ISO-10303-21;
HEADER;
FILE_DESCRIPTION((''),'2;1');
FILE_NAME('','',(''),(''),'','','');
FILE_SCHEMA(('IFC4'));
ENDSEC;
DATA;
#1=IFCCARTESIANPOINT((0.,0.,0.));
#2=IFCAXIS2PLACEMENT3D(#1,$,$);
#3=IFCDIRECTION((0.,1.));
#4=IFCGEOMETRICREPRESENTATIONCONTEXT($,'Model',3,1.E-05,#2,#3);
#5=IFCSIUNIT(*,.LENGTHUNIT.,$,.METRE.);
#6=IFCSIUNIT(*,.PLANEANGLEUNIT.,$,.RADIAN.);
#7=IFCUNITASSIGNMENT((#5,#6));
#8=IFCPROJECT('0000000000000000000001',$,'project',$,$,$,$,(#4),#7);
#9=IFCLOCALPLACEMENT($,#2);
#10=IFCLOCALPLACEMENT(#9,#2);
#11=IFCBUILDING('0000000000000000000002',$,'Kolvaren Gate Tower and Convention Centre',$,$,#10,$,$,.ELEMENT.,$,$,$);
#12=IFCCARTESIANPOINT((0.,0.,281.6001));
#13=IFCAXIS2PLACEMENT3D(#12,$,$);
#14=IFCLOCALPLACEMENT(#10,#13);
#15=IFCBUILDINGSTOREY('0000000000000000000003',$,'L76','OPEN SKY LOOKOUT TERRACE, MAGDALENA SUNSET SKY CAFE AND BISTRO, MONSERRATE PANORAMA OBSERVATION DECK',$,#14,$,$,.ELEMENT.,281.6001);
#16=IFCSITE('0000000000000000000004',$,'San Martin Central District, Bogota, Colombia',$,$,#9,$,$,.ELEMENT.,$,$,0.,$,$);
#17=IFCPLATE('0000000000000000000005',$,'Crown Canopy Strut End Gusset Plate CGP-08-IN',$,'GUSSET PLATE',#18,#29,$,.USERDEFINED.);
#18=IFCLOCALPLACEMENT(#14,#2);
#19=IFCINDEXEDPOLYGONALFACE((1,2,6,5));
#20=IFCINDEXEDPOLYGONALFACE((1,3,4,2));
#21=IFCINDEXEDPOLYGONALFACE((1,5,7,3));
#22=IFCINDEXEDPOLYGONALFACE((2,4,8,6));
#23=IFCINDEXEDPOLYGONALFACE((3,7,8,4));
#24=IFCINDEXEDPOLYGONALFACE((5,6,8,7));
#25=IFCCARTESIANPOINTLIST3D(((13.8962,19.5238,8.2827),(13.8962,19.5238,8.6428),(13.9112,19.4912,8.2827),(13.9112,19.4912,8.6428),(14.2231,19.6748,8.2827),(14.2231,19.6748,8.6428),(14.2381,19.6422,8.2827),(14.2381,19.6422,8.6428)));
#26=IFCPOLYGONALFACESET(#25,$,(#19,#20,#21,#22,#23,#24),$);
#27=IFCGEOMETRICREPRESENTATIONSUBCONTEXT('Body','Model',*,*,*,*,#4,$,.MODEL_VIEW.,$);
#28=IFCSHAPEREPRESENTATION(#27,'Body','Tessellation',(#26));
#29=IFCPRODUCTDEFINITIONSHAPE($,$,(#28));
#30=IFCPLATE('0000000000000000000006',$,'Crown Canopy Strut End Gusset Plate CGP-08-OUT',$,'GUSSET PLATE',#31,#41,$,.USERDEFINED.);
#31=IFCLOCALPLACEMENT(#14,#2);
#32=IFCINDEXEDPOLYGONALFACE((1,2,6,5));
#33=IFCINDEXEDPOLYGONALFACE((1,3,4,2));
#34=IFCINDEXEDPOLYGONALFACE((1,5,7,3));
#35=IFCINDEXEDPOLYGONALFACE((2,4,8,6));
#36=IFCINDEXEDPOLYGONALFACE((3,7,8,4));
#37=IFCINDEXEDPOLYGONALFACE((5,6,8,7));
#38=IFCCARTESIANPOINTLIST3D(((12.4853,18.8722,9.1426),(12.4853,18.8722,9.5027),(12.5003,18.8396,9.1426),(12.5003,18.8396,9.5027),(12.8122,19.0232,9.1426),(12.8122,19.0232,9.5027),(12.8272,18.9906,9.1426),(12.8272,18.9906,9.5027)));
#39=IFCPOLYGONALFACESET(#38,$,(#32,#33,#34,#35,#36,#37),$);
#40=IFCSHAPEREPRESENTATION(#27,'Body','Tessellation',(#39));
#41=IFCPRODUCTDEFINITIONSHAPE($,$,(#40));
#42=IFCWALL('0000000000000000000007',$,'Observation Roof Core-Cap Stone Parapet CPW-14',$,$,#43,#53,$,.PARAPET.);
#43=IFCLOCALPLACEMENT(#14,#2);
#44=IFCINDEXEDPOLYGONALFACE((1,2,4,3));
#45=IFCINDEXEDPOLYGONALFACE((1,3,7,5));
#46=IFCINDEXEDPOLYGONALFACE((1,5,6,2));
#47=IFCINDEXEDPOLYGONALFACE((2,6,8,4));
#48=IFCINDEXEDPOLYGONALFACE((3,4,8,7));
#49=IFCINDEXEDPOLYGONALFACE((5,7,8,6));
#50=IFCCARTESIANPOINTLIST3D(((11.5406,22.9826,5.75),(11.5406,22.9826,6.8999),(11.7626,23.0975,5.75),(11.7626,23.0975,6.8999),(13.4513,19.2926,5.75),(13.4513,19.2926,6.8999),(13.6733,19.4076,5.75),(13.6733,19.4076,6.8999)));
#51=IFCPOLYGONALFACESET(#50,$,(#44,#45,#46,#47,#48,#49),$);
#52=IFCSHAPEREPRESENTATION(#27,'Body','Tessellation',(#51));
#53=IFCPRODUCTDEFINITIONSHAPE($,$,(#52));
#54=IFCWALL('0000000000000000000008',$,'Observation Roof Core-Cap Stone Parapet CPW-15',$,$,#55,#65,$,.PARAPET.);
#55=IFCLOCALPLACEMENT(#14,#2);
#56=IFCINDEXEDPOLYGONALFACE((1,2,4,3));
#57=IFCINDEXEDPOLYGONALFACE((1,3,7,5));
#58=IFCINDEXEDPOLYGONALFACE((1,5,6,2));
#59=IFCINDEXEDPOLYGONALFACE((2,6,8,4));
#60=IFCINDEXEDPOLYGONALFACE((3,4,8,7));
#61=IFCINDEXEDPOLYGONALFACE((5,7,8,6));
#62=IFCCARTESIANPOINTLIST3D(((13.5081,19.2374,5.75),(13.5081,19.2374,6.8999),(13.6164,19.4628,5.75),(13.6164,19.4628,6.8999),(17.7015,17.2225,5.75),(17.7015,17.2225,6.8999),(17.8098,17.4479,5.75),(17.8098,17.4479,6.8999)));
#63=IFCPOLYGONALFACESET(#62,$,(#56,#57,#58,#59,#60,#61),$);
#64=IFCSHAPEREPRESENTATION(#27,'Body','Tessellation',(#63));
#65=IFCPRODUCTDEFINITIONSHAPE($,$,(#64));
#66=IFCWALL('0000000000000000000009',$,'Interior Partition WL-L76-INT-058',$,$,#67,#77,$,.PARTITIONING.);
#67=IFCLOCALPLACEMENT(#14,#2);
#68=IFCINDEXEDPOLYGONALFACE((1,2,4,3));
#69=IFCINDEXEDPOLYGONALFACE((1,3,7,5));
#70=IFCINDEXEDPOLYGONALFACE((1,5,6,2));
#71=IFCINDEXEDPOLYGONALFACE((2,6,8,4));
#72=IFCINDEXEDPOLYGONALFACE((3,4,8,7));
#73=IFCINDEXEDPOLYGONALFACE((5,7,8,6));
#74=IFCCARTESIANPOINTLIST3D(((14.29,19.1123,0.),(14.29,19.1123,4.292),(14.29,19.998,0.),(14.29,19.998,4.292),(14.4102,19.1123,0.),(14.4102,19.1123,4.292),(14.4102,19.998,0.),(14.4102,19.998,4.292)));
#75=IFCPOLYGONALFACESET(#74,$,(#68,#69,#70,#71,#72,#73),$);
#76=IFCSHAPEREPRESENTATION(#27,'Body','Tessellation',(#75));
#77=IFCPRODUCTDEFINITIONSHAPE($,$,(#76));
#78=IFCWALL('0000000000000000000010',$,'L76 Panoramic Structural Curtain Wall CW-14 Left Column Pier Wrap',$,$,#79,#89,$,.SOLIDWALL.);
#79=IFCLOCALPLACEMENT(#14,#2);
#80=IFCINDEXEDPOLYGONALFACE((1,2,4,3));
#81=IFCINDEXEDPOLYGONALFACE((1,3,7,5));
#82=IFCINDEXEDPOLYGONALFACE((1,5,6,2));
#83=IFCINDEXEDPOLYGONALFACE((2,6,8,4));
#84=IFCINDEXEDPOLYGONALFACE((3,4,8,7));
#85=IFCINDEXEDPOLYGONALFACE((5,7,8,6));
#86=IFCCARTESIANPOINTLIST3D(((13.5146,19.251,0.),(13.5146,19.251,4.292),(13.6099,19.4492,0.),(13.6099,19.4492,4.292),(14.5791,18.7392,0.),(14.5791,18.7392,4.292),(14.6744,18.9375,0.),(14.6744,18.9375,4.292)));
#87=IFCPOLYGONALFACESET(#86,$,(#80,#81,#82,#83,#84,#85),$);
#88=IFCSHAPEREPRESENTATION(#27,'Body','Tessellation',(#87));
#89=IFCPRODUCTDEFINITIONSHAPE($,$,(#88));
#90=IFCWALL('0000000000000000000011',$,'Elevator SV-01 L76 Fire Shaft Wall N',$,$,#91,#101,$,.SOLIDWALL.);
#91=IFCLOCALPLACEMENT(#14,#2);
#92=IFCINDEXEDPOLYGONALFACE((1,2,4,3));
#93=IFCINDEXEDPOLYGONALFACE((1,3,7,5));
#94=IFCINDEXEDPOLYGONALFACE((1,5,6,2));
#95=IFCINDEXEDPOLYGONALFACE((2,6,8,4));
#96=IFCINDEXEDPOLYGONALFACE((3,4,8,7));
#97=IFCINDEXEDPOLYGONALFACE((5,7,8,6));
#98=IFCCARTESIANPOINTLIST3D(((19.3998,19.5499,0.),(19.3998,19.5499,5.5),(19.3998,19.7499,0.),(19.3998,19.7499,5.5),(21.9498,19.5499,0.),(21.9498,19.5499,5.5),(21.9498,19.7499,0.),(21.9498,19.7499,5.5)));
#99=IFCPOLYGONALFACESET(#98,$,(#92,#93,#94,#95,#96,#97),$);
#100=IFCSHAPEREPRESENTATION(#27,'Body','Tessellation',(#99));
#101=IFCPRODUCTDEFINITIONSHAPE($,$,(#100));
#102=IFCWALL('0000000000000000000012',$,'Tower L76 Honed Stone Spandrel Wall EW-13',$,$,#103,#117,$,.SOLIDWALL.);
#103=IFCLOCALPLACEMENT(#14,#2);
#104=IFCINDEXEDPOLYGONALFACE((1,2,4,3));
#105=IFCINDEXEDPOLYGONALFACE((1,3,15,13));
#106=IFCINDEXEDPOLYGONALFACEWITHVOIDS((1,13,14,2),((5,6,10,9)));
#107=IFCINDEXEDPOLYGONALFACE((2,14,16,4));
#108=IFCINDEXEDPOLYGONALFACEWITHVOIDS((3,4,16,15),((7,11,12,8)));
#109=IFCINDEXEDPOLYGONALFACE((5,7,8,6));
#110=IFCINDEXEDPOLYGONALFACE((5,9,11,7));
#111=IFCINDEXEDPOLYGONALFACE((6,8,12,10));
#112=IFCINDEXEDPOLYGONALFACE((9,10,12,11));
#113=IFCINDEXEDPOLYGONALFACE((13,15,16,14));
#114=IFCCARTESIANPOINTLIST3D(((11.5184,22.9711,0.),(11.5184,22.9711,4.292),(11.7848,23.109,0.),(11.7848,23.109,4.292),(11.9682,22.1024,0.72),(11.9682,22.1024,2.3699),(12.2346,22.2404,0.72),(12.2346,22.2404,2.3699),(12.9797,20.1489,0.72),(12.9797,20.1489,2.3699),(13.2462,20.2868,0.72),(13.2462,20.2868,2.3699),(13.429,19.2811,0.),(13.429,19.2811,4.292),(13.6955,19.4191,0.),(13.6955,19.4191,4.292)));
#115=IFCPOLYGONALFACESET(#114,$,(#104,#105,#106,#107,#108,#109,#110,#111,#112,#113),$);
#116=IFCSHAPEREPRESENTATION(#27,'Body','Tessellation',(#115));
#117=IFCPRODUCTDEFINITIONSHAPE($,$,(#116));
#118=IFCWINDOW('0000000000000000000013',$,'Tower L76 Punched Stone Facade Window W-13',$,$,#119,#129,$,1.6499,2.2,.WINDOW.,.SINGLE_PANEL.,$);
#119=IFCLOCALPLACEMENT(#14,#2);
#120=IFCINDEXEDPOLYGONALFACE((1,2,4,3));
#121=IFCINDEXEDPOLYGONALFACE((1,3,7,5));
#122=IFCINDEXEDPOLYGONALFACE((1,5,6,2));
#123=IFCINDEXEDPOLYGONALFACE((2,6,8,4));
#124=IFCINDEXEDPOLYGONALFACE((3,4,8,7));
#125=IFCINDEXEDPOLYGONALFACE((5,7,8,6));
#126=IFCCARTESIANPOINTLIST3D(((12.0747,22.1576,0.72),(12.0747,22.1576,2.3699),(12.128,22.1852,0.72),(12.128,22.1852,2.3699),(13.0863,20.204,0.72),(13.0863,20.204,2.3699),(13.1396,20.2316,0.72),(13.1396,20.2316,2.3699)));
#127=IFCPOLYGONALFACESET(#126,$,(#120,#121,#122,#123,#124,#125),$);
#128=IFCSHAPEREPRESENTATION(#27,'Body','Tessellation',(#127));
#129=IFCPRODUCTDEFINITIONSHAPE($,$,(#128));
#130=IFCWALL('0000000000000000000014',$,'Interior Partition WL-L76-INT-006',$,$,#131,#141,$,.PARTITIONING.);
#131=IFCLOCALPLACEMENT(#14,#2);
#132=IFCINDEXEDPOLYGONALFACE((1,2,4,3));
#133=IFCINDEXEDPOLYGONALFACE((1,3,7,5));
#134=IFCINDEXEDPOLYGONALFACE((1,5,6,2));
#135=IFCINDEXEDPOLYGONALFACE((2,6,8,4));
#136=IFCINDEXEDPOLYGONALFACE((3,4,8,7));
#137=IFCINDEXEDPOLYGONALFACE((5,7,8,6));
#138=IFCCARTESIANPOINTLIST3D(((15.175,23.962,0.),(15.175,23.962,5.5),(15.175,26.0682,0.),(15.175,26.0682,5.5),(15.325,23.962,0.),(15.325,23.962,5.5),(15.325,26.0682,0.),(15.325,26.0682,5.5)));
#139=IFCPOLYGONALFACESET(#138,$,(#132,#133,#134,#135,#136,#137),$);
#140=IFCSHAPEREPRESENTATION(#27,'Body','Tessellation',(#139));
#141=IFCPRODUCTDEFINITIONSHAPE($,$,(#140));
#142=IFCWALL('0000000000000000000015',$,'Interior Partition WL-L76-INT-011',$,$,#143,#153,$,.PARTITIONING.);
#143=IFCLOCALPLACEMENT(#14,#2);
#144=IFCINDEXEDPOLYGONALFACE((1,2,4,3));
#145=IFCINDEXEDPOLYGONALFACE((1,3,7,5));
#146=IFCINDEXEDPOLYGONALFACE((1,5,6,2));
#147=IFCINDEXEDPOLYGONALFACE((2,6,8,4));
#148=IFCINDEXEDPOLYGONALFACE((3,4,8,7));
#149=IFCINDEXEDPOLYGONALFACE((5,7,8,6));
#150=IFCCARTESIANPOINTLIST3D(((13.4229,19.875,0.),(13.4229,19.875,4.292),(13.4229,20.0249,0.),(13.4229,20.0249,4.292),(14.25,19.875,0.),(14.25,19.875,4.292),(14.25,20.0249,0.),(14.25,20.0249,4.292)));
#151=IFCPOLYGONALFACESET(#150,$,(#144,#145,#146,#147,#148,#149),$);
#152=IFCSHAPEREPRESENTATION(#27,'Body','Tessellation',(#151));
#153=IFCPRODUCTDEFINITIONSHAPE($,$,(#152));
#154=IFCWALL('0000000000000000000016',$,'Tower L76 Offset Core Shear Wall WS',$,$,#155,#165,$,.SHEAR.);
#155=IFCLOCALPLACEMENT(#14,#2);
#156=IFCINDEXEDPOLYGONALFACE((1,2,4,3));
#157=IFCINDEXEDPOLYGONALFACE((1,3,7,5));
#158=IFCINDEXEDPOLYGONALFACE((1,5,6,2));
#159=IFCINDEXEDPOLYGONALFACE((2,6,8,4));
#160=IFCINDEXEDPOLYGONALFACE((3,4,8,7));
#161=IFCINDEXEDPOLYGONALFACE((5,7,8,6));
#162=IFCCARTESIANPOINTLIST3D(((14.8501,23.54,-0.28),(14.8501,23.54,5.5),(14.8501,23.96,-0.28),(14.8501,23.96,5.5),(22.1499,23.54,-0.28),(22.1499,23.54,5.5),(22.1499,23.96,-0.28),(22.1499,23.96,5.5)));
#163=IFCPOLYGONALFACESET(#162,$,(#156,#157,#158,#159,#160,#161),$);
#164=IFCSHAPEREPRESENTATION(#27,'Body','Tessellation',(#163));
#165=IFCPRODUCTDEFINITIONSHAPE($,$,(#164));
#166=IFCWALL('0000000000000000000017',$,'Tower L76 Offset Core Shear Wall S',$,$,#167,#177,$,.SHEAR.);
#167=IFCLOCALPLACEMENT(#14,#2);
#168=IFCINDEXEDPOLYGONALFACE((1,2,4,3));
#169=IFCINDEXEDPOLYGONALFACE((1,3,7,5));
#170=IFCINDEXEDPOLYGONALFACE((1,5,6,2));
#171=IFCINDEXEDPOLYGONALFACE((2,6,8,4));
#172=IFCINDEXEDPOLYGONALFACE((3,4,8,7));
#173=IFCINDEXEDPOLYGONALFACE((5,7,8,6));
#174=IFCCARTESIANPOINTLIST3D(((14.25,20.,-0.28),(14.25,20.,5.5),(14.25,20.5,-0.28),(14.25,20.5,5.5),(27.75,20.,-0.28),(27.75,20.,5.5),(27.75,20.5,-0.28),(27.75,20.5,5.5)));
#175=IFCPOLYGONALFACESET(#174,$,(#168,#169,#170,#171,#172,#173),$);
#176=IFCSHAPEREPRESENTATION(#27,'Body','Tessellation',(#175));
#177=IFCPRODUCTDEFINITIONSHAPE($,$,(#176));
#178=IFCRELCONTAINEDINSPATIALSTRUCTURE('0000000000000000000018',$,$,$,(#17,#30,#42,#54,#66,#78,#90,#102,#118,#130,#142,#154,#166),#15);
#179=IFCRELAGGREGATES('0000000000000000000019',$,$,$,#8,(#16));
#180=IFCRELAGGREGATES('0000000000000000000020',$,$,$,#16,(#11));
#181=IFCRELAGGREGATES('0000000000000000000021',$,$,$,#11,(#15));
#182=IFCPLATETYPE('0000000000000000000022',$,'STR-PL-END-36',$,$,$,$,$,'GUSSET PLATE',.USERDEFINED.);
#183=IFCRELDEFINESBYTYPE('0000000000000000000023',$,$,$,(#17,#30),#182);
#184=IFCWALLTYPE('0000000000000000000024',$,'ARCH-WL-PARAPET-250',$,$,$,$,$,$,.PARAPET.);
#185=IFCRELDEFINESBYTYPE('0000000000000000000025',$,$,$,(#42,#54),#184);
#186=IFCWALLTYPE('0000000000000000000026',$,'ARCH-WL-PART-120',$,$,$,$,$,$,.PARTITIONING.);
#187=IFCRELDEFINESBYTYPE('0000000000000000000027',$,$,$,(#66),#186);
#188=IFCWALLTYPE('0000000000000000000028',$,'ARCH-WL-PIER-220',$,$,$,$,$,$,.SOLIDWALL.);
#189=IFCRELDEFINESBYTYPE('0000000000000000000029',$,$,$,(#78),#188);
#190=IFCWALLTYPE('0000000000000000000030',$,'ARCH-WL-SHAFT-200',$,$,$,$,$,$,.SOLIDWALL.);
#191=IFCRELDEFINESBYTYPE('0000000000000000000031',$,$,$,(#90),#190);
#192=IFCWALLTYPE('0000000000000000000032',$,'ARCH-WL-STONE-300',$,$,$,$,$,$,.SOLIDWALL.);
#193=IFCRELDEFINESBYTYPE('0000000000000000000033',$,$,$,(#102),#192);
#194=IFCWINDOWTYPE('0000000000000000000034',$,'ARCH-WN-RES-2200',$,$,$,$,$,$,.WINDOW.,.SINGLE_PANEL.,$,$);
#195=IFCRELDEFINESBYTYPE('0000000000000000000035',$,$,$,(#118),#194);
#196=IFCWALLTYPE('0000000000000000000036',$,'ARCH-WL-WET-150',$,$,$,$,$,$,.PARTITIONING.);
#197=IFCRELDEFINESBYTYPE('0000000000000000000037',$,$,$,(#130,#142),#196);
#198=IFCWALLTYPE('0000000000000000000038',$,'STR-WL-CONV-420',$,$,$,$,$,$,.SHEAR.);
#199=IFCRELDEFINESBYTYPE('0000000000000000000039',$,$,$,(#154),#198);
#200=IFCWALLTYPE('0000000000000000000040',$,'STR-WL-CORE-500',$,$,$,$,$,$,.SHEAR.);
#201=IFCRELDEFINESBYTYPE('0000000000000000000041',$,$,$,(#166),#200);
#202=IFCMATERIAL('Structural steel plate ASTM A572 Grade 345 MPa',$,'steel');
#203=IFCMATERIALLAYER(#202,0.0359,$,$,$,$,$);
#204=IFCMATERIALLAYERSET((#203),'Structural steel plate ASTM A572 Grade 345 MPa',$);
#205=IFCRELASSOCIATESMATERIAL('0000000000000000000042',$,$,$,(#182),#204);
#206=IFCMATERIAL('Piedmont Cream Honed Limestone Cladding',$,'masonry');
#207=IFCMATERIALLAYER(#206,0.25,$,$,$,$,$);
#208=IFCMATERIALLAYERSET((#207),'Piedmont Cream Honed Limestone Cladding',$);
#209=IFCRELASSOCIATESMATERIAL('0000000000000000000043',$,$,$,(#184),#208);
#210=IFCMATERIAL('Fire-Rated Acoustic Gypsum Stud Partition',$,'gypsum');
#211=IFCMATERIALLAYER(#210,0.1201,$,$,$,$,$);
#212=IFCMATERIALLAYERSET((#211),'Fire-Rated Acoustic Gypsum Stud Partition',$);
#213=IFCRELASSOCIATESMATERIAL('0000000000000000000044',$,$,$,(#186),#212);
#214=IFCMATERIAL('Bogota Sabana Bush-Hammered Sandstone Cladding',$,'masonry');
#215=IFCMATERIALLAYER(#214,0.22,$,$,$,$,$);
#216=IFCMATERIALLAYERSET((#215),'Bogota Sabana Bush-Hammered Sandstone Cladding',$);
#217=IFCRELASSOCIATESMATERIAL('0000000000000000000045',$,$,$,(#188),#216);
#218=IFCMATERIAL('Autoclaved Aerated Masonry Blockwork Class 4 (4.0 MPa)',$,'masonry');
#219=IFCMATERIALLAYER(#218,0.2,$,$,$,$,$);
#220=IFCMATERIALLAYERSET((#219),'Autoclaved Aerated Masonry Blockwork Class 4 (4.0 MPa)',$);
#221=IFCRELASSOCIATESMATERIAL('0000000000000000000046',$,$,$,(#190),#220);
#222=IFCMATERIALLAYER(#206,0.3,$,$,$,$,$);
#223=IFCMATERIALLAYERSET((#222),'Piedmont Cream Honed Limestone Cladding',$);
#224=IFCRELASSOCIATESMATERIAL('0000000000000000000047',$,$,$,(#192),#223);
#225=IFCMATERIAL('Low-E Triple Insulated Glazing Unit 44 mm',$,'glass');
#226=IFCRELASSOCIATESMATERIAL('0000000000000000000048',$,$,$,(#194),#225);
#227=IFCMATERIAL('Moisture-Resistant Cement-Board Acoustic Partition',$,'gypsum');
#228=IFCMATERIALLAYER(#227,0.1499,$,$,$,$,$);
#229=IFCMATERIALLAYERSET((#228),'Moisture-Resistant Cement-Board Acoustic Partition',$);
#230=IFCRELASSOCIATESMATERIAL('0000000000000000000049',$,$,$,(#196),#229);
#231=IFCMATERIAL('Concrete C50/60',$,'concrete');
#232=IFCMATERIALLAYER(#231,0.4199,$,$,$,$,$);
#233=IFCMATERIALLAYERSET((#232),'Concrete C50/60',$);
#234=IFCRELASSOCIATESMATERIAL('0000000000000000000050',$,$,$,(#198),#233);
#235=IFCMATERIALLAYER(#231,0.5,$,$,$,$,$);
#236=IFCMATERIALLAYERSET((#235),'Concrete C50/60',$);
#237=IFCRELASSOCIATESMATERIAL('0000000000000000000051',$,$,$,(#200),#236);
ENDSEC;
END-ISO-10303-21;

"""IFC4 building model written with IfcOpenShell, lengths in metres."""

from ifc_helpers import new_model, si_unit, direction, frame, frame_2d, origin, origin_2d, place, context, subcontext, project, spatial, rectangle, extrude, material, layer, layer_set, type_object, element, fill, save


model = new_model("IFC4")

# Units and contexts
model_context = context("Model", 3, precision=1e-05, world=origin(), true_north=direction((0.0, 1.0)))
body_context = subcontext(model_context, "Body", "Model", "MODEL_VIEW")
ifc_project = project(units=[si_unit("LENGTHUNIT", "METRE"), si_unit("PLANEANGLEUNIT", "RADIAN")], contexts=[model_context])

# Site, building, storey
site_placement = place(None, origin())
site = spatial("IfcSite", under=ifc_project, at=site_placement, Name="San Martin Central District, Bogota, Colombia", CompositionType="ELEMENT", RefElevation=0.0)
building_placement = place(site_placement, origin())
building = spatial("IfcBuilding", under=site, at=building_placement, Name="Kolvaren Gate Tower and Convention Centre", CompositionType="ELEMENT")
storey_placement = place(building_placement, frame((0.0, 0.0, 281.6001)))
storey = spatial("IfcBuildingStorey", under=building, at=storey_placement, Name="L76", Description="OPEN SKY LOOKOUT TERRACE, MAGDALENA SUNSET SKY CAFE AND BISTRO, MONSERRATE PANORAMA OBSERVATION DECK", CompositionType="ELEMENT", Elevation=281.6001)

# Plates
ifc_material_1 = material(Name="Structural steel plate ASTM A572 Grade 345 MPa", Category="steel")
ifc_layer_1 = layer(ifc_material_1, 0.0359)
ifc_layer_set_1 = layer_set([ifc_layer_1], Name="Structural steel plate ASTM A572 Grade 345 MPa")
plate_type_1 = type_object("IfcPlateType", Name="STR-PL-END-36", ElementType="GUSSET PLATE", PredefinedType="USERDEFINED", material=ifc_layer_set_1)
for number, where, z_axis, x_axis, name in (
    (1, (14.0671, 19.583, 8.2827), (0.0, 0.0, 1.0), (-0.907837, -0.419324, 0.0), "Crown Canopy Strut End Gusset Plate CGP-08-IN"),
    (2, (12.6562, 18.9314, 9.1426), (0.0, 0.0, 1.0), (-0.907837, -0.419324, 0.0), "Crown Canopy Strut End Gusset Plate CGP-08-OUT"),
):
    element("IfcPlate", number, at=place(storey_placement, frame(where, z_axis=z_axis, x_axis=x_axis)), inside=storey, type_object=plate_type_1, Name=name, ObjectType="GUSSET PLATE", PredefinedType="USERDEFINED", context=body_context, shape_type="SweptSolid", body=[
        extrude(rectangle(XDim=0.3601, YDim=0.0359, at=origin_2d()), origin(), (0.0, 0.0, 1.0), 0.3601),
    ])

# Walls
ifc_material_2 = material(Name="Piedmont Cream Honed Limestone Cladding", Category="masonry")
ifc_layer_2 = layer(ifc_material_2, 0.25)
ifc_layer_set_2 = layer_set([ifc_layer_2], Name="Piedmont Cream Honed Limestone Cladding")
wall_type_1 = type_object("IfcWallType", Name="ARCH-WL-PARAPET-250", PredefinedType="PARAPET", material=ifc_layer_set_2)
wall_1_placement = place(storey_placement, frame((11.6516, 23.04, 5.75), z_axis=(0.0, 0.0, 1.0), x_axis=(0.459813, -0.888016, 0.0)))
element("IfcWall", 3, at=wall_1_placement, inside=storey, type_object=wall_type_1, Name="Observation Roof Core-Cap Stone Parapet CPW-14", PredefinedType="PARAPET", context=body_context, shape_type="SweptSolid", body=[
    extrude(rectangle(XDim=4.1553, YDim=0.25, at=frame_2d((2.0776, 0.0))), origin(), (0.0, 0.0, 1.0), 1.1499),
])
wall_2_placement = place(storey_placement, frame((13.5623, 19.3501, 5.75), z_axis=(0.0, 0.0, 1.0), x_axis=(0.901349, -0.433094, 0.0)))
element("IfcWall", 4, at=wall_2_placement, inside=storey, type_object=wall_type_1, Name="Observation Roof Core-Cap Stone Parapet CPW-15", PredefinedType="PARAPET", context=body_context, shape_type="SweptSolid", body=[
    extrude(rectangle(XDim=4.6523, YDim=0.25, at=frame_2d((2.3262, 0.0))), origin(), (0.0, 0.0, 1.0), 1.1499),
])
ifc_material_3 = material(Name="Fire-Rated Acoustic Gypsum Stud Partition", Category="gypsum")
ifc_layer_3 = layer(ifc_material_3, 0.1201)
ifc_layer_set_3 = layer_set([ifc_layer_3], Name="Fire-Rated Acoustic Gypsum Stud Partition")
wall_type_2 = type_object("IfcWallType", Name="ARCH-WL-PART-120", PredefinedType="PARTITIONING", material=ifc_layer_set_3)
wall_3_placement = place(storey_placement, frame((14.3501, 19.1123, 0.0), z_axis=(0.0, 0.0, 1.0), x_axis=(0.0, 1.0, 0.0)))
element("IfcWall", 5, at=wall_3_placement, inside=storey, type_object=wall_type_2, Name="Interior Partition WL-L76-INT-058", PredefinedType="PARTITIONING", context=body_context, shape_type="SweptSolid", body=[
    extrude(rectangle(XDim=0.8857, YDim=0.1201, at=frame_2d((0.4429, 0.0))), origin(), (0.0, 0.0, 1.0), 4.292),
])
ifc_material_4 = material(Name="Bogota Sabana Bush-Hammered Sandstone Cladding", Category="masonry")
ifc_layer_4 = layer(ifc_material_4, 0.22)
ifc_layer_set_4 = layer_set([ifc_layer_4], Name="Bogota Sabana Bush-Hammered Sandstone Cladding")
wall_type_3 = type_object("IfcWallType", Name="ARCH-WL-PIER-220", PredefinedType="SOLIDWALL", material=ifc_layer_set_4)
wall_4_placement = place(storey_placement, frame((13.5623, 19.3501, 0.0), z_axis=(0.0, 0.0, 1.0), x_axis=(0.901265, -0.433269, 0.0)))
element("IfcWall", 6, at=wall_4_placement, inside=storey, type_object=wall_type_3, Name="L76 Panoramic Structural Curtain Wall CW-14 Left Column Pier Wrap", PredefinedType="SOLIDWALL", context=body_context, shape_type="SweptSolid", body=[
    extrude(rectangle(XDim=1.1812, YDim=0.22, at=frame_2d((0.5906, 0.0))), origin(), (0.0, 0.0, 1.0), 4.292),
])
ifc_material_5 = material(Name="Autoclaved Aerated Masonry Blockwork Class 4 (4.0 MPa)", Category="masonry")
ifc_layer_5 = layer(ifc_material_5, 0.2)
ifc_layer_set_5 = layer_set([ifc_layer_5], Name="Autoclaved Aerated Masonry Blockwork Class 4 (4.0 MPa)")
wall_type_4 = type_object("IfcWallType", Name="ARCH-WL-SHAFT-200", PredefinedType="SOLIDWALL", material=ifc_layer_set_5)
wall_5_placement = place(storey_placement, frame((19.3999, 19.6499, 0.0), z_axis=(0.0, 0.0, 1.0), x_axis=(1.0, 0.0, 0.0)))
element("IfcWall", 7, at=wall_5_placement, inside=storey, type_object=wall_type_4, Name="Elevator SV-01 L76 Fire Shaft Wall N", PredefinedType="SOLIDWALL", context=body_context, shape_type="SweptSolid", body=[
    extrude(rectangle(XDim=2.55, YDim=0.2, at=frame_2d((1.2749, 0.0))), origin(), (0.0, 0.0, 1.0), 5.5),
])

# Wall, opening, window
ifc_layer_6 = layer(ifc_material_2, 0.3)
ifc_layer_set_6 = layer_set([ifc_layer_6], Name="Piedmont Cream Honed Limestone Cladding")
wall_type_5 = type_object("IfcWallType", Name="ARCH-WL-STONE-300", PredefinedType="SOLIDWALL", material=ifc_layer_set_6)
wall_6_placement = place(storey_placement, frame((11.6516, 23.04, 0.0), z_axis=(0.0, 0.0, 1.0), x_axis=(0.459813, -0.888016, 0.0)))
wall_6 = element("IfcWall", 8, at=wall_6_placement, inside=storey, type_object=wall_type_5, Name="Tower L76 Honed Stone Spandrel Wall EW-13", PredefinedType="SOLIDWALL", context=body_context, shape_type="SweptSolid", body=[
    extrude(rectangle(XDim=4.1553, YDim=0.3, at=frame_2d((2.0776, 0.0))), origin(), (0.0, 0.0, 1.0), 4.292),
])
opening_placement = place(wall_6_placement, frame((0.978, 0.0, 0.72)))
opening = element("IfcOpeningElement", 9, at=opening_placement, cuts=wall_6, PredefinedType="OPENING", context=body_context, shape_type="SweptSolid", body=[
    extrude(rectangle(XDim=2.2, YDim=1.6499, at=frame_2d((1.1001, 0.825))), frame((0.0, 0.1599, 0.0), z_axis=(0.0, -1.0, 0.0), x_axis=(1.0, 0.0, 0.0)), (0.0, 0.0, 1.0), 0.3201),
])
ifc_material_6 = material(Name="Low-E Triple Insulated Glazing Unit 44 mm", Category="glass")
window_type = type_object("IfcWindowType", Name="ARCH-WN-RES-2200", PartitioningType="SINGLE_PANEL", PredefinedType="WINDOW", material=ifc_material_6)
window_placement = place(opening_placement, origin())
window = element("IfcWindow", 10, at=window_placement, inside=storey, type_object=window_type, Name="Tower L76 Punched Stone Facade Window W-13", OverallHeight=1.6499, OverallWidth=2.2, PartitioningType="SINGLE_PANEL", PredefinedType="WINDOW", context=body_context, shape_type="SweptSolid", body=[
    extrude(rectangle(XDim=2.2, YDim=1.6499, at=frame_2d((1.1001, 0.825))), frame((0.0, 0.03, 0.0), z_axis=(0.0, -1.0, 0.0), x_axis=(1.0, 0.0, 0.0)), (0.0, 0.0, 1.0), 0.0601),
])
fill(opening, window)

# Walls
ifc_material_7 = material(Name="Moisture-Resistant Cement-Board Acoustic Partition", Category="gypsum")
ifc_layer_7 = layer(ifc_material_7, 0.1499)
ifc_layer_set_7 = layer_set([ifc_layer_7], Name="Moisture-Resistant Cement-Board Acoustic Partition")
wall_type_6 = type_object("IfcWallType", Name="ARCH-WL-WET-150", PredefinedType="PARTITIONING", material=ifc_layer_set_7)
wall_7_placement = place(storey_placement, frame((15.25, 23.9619, 0.0), z_axis=(0.0, 0.0, 1.0), x_axis=(0.0, 1.0, 0.0)))
element("IfcWall", 11, at=wall_7_placement, inside=storey, type_object=wall_type_6, Name="Interior Partition WL-L76-INT-006", PredefinedType="PARTITIONING", context=body_context, shape_type="SweptSolid", body=[
    extrude(rectangle(XDim=2.1062, YDim=0.1499, at=frame_2d((1.0532, 0.0))), origin(), (0.0, 0.0, 1.0), 5.5),
])
wall_8_placement = place(storey_placement, frame((13.4229, 19.95, 0.0), z_axis=(0.0, 0.0, 1.0), x_axis=(1.0, 0.0, 0.0)))
element("IfcWall", 12, at=wall_8_placement, inside=storey, type_object=wall_type_6, Name="Interior Partition WL-L76-INT-011", PredefinedType="PARTITIONING", context=body_context, shape_type="SweptSolid", body=[
    extrude(rectangle(XDim=0.8271, YDim=0.1499, at=frame_2d((0.4136, 0.0))), origin(), (0.0, 0.0, 1.0), 4.292),
])
ifc_material_8 = material(Name="Concrete C50/60", Category="concrete")
ifc_layer_8 = layer(ifc_material_8, 0.4199)
ifc_layer_set_8 = layer_set([ifc_layer_8], Name="Concrete C50/60")
wall_type_7 = type_object("IfcWallType", Name="STR-WL-CONV-420", PredefinedType="SHEAR", material=ifc_layer_set_8)
wall_9_placement = place(storey_placement, frame((14.8501, 23.75, -0.28), z_axis=(0.0, 0.0, 1.0), x_axis=(1.0, 0.0, 0.0)))
element("IfcWall", 13, at=wall_9_placement, inside=storey, type_object=wall_type_7, Name="Tower L76 Offset Core Shear Wall WS", PredefinedType="SHEAR", context=body_context, shape_type="SweptSolid", body=[
    extrude(rectangle(XDim=7.2998, YDim=0.4199, at=frame_2d((3.6499, 0.0))), origin(), (0.0, 0.0, 1.0), 5.78),
])
ifc_layer_9 = layer(ifc_material_8, 0.5)
ifc_layer_set_9 = layer_set([ifc_layer_9], Name="Concrete C50/60")
wall_type_8 = type_object("IfcWallType", Name="STR-WL-CORE-500", PredefinedType="SHEAR", material=ifc_layer_set_9)
wall_10_placement = place(storey_placement, frame((14.25, 20.25, -0.28), z_axis=(0.0, 0.0, 1.0), x_axis=(1.0, 0.0, 0.0)))
element("IfcWall", 14, at=wall_10_placement, inside=storey, type_object=wall_type_8, Name="Tower L76 Offset Core Shear Wall S", PredefinedType="SHEAR", context=body_context, shape_type="SweptSolid", body=[
    extrude(rectangle(XDim=13.5, YDim=0.5, at=frame_2d((6.75, 0.0))), origin(), (0.0, 0.0, 1.0), 5.78),
])

save(model, "model.ifc")
